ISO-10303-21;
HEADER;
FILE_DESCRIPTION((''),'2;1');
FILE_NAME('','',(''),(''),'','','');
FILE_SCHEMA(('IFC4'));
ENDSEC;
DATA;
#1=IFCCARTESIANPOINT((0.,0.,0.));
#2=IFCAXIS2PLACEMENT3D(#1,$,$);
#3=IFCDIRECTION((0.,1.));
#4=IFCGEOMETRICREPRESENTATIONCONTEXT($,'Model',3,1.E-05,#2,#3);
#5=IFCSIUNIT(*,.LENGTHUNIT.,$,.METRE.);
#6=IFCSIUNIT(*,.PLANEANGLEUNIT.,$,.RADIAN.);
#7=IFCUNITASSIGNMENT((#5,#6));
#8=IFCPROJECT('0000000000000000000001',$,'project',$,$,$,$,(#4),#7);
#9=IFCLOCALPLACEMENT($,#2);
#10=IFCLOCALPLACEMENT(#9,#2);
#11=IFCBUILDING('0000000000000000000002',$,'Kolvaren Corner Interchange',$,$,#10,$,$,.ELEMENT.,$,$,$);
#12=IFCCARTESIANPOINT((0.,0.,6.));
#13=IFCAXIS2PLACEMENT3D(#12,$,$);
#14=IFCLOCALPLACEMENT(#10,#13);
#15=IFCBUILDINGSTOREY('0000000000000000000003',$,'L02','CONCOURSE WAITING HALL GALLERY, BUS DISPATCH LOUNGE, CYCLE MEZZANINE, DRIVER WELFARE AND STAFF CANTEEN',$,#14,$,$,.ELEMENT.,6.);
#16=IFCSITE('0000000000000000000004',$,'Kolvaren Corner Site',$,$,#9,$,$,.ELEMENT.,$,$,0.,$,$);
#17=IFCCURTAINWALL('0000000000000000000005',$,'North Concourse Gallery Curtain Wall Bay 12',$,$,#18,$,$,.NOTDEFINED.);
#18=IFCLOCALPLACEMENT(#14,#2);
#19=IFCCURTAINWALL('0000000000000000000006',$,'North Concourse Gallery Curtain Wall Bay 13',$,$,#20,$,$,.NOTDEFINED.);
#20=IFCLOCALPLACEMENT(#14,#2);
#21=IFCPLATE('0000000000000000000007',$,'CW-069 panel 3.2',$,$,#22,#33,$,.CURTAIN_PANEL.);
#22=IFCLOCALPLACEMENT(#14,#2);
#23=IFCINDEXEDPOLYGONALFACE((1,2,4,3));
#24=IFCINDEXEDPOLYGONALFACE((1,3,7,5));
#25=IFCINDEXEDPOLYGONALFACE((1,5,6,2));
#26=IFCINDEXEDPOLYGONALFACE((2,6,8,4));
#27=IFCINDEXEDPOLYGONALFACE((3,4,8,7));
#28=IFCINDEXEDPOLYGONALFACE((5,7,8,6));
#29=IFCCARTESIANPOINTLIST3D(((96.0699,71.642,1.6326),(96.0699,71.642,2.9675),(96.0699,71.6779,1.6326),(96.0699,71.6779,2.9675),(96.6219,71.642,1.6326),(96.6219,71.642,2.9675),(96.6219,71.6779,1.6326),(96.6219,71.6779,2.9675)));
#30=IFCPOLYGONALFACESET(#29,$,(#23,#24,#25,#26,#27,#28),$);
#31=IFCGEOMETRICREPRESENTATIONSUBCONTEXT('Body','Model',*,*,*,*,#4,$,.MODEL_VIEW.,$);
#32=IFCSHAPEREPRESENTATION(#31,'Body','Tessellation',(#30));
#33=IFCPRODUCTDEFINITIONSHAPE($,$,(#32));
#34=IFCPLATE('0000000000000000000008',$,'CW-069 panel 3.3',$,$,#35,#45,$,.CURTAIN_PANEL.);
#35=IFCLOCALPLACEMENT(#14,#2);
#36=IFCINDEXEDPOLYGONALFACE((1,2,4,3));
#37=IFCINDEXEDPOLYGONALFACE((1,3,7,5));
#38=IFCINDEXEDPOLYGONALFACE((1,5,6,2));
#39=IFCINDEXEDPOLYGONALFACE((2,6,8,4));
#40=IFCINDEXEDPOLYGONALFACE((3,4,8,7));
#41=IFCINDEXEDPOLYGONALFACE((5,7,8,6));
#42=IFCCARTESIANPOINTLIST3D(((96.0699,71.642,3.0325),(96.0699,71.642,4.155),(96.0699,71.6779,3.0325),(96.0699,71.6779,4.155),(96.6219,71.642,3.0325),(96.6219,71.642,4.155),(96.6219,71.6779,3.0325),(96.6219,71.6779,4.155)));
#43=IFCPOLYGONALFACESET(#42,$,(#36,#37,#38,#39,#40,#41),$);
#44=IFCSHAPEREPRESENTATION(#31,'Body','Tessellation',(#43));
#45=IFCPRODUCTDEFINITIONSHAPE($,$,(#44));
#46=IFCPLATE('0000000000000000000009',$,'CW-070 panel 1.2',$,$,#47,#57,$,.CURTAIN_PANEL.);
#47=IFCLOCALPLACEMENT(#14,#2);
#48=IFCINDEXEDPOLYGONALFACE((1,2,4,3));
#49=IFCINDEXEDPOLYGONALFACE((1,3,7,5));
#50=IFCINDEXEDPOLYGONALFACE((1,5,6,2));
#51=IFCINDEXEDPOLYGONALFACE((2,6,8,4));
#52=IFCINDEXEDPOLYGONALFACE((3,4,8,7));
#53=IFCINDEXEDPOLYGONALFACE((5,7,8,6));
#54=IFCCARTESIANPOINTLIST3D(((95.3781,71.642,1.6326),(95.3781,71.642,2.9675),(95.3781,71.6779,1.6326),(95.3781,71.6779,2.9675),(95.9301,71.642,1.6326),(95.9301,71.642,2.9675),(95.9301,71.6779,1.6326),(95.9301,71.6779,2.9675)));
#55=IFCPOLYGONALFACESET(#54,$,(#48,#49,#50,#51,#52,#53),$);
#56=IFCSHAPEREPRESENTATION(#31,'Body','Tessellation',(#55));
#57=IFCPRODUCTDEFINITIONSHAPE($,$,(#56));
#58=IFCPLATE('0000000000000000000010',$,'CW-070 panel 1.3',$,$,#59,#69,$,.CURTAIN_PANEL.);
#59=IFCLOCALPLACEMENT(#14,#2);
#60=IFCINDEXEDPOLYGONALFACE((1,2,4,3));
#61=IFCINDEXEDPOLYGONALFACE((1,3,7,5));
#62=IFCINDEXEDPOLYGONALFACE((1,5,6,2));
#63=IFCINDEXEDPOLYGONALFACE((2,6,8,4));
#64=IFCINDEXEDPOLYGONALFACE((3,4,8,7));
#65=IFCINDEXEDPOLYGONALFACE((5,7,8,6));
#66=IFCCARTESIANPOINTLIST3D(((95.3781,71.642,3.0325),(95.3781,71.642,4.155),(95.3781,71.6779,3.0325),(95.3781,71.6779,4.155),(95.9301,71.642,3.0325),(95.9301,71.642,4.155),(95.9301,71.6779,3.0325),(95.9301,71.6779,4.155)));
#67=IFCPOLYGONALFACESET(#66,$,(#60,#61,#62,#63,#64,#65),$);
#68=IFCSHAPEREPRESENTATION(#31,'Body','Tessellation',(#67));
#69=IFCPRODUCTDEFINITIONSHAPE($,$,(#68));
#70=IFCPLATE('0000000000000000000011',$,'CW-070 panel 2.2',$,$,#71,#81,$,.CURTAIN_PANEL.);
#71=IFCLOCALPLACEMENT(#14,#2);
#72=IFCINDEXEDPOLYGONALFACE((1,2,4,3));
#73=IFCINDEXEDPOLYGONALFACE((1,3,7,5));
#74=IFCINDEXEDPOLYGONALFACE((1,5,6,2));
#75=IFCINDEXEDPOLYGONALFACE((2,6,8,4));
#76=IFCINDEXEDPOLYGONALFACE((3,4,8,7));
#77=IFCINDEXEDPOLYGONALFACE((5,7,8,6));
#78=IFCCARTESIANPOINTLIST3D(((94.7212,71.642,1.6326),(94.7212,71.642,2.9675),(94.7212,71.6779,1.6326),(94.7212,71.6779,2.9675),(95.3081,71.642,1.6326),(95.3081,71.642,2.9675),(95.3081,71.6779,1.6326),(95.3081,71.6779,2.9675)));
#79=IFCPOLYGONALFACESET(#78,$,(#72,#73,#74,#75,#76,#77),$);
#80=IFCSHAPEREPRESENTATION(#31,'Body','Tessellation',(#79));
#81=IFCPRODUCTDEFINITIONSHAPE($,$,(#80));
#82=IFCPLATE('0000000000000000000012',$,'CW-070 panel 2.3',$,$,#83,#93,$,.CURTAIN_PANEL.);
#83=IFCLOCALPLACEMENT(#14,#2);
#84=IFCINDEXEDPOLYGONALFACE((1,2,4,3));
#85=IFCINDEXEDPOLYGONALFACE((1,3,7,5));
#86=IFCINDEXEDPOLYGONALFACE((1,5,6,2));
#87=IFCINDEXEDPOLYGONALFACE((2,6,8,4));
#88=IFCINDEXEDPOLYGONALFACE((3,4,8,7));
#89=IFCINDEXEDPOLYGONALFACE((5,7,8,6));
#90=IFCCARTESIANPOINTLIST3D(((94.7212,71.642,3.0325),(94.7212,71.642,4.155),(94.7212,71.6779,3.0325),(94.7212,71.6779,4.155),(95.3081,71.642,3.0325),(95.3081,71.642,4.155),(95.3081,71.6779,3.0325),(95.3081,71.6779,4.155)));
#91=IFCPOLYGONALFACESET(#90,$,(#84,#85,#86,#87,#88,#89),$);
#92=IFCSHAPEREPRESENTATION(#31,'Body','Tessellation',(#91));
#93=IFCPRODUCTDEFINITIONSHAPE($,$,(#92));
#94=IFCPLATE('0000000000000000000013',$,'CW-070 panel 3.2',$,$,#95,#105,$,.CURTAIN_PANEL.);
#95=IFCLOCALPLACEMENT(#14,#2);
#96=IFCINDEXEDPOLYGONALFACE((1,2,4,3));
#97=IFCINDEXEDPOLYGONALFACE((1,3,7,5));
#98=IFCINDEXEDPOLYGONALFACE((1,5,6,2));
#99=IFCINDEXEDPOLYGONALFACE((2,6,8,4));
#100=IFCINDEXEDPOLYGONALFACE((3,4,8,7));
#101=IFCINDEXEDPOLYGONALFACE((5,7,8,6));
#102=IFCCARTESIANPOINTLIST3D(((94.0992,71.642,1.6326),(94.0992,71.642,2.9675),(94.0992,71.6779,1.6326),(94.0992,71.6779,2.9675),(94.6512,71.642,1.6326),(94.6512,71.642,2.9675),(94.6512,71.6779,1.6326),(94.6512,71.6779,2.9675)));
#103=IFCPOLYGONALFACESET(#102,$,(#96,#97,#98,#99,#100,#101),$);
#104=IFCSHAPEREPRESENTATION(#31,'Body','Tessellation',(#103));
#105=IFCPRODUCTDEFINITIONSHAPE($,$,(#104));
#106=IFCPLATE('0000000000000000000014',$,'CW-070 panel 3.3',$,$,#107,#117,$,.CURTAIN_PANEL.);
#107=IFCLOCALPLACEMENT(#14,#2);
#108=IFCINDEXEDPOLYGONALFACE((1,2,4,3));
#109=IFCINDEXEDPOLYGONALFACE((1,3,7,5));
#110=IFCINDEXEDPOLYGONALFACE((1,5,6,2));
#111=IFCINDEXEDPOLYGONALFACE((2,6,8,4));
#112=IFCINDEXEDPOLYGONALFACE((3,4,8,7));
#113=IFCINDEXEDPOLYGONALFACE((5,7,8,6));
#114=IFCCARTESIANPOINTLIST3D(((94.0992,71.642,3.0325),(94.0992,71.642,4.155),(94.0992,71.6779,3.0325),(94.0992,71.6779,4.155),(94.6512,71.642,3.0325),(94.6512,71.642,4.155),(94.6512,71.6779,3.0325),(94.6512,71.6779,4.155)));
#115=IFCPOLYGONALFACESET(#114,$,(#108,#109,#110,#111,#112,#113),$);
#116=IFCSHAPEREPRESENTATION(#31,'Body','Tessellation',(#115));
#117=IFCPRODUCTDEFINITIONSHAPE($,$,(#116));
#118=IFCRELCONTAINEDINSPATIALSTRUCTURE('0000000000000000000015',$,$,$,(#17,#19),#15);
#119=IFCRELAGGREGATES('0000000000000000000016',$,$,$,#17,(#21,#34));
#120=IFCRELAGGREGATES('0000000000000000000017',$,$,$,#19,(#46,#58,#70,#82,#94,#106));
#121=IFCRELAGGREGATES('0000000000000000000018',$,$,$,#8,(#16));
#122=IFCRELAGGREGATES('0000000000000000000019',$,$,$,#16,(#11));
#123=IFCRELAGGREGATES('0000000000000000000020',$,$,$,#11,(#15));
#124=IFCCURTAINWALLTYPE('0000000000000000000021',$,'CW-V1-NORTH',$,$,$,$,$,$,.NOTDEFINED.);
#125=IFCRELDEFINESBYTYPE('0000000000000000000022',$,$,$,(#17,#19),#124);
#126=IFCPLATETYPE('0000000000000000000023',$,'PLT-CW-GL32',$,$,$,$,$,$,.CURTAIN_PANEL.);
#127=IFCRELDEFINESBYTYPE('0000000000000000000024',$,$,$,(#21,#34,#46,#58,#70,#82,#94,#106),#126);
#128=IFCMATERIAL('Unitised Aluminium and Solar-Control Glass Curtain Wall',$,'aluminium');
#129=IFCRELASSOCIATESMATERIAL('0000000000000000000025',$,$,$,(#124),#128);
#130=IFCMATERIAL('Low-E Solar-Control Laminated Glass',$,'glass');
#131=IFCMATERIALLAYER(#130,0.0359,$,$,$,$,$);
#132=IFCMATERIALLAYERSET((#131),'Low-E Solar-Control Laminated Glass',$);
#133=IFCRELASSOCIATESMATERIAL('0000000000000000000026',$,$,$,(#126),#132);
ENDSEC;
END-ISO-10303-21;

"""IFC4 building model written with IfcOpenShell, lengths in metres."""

from ifc_helpers import new_model, si_unit, direction, frame, origin, origin_2d, place, context, subcontext, project, spatial, rectangle, extrude, material, layer, layer_set, type_object, element, aggregate, save


model = new_model("IFC4")

# Units and contexts
model_context = context("Model", 3, precision=1e-05, world=origin(), true_north=direction((0.0, 1.0)))
body_context = subcontext(model_context, "Body", "Model", "MODEL_VIEW")
ifc_project = project(units=[si_unit("LENGTHUNIT", "METRE"), si_unit("PLANEANGLEUNIT", "RADIAN")], contexts=[model_context])

# Site, building, storey
site_placement = place(None, origin())
site = spatial("IfcSite", under=ifc_project, at=site_placement, Name="Kolvaren Corner Site", CompositionType="ELEMENT", RefElevation=0.0)
building_placement = place(site_placement, origin())
building = spatial("IfcBuilding", under=site, at=building_placement, Name="Kolvaren Corner Interchange", CompositionType="ELEMENT")
storey_placement = place(building_placement, frame((0.0, 0.0, 6.0)))
storey = spatial("IfcBuildingStorey", under=building, at=storey_placement, Name="L02", Description="CONCOURSE WAITING HALL GALLERY, BUS DISPATCH LOUNGE, CYCLE MEZZANINE, DRIVER WELFARE AND STAFF CANTEEN", CompositionType="ELEMENT", Elevation=6.0)

# Curtain walls
ifc_material_1 = material(Name="Unitised Aluminium and Solar-Control Glass Curtain Wall", Category="aluminium")
curtain_wall_type = type_object("IfcCurtainWallType", Name="CW-V1-NORTH", PredefinedType="NOTDEFINED", material=ifc_material_1)
curtain_wall_1_placement = place(storey_placement, origin())
curtain_wall_1 = element("IfcCurtainWall", 1, at=curtain_wall_1_placement, inside=storey, type_object=curtain_wall_type, Name="North Concourse Gallery Curtain Wall Bay 12", PredefinedType="NOTDEFINED")
curtain_wall_2_placement = place(storey_placement, origin())
curtain_wall_2 = element("IfcCurtainWall", 2, at=curtain_wall_2_placement, inside=storey, type_object=curtain_wall_type, Name="North Concourse Gallery Curtain Wall Bay 13", PredefinedType="NOTDEFINED")

# Plates
ifc_material_2 = material(Name="Low-E Solar-Control Laminated Glass", Category="glass")
ifc_layer = layer(ifc_material_2, 0.0359)
ifc_layer_set = layer_set([ifc_layer], Name="Low-E Solar-Control Laminated Glass")
plate_type = type_object("IfcPlateType", Name="PLT-CW-GL32", PredefinedType="CURTAIN_PANEL", material=ifc_layer_set)
plate_1_placement = place(storey_placement, frame((96.3459, 71.6599, 1.6326), z_axis=(0.0, 0.0, 1.0), x_axis=(-1.0, 0.0, 0.0)))
plate_1 = element("IfcPlate", 3, at=plate_1_placement, type_object=plate_type, Name="CW-069 panel 3.2", PredefinedType="CURTAIN_PANEL", context=body_context, shape_type="SweptSolid", body=[
    extrude(rectangle(XDim=0.552, YDim=0.0359, at=origin_2d()), origin(), (0.0, 0.0, 1.0), 1.335),
])
plate_2_placement = place(storey_placement, frame((96.3459, 71.6599, 3.0325), z_axis=(0.0, 0.0, 1.0), x_axis=(-1.0, 0.0, 0.0)))
plate_2 = element("IfcPlate", 4, at=plate_2_placement, type_object=plate_type, Name="CW-069 panel 3.3", PredefinedType="CURTAIN_PANEL", context=body_context, shape_type="SweptSolid", body=[
    extrude(rectangle(XDim=0.552, YDim=0.0359, at=origin_2d()), origin(), (0.0, 0.0, 1.0), 1.1226),
])
aggregate(curtain_wall_1, [plate_1, plate_2])
plate_3_placement = place(storey_placement, frame((95.6541, 71.6599, 1.6326), z_axis=(0.0, 0.0, 1.0), x_axis=(-1.0, 0.0, 0.0)))
plate_3 = element("IfcPlate", 5, at=plate_3_placement, type_object=plate_type, Name="CW-070 panel 1.2", PredefinedType="CURTAIN_PANEL", context=body_context, shape_type="SweptSolid", body=[
    extrude(rectangle(XDim=0.552, YDim=0.0359, at=origin_2d()), origin(), (0.0, 0.0, 1.0), 1.335),
])
plate_4_placement = place(storey_placement, frame((95.6541, 71.6599, 3.0325), z_axis=(0.0, 0.0, 1.0), x_axis=(-1.0, 0.0, 0.0)))
plate_4 = element("IfcPlate", 6, at=plate_4_placement, type_object=plate_type, Name="CW-070 panel 1.3", PredefinedType="CURTAIN_PANEL", context=body_context, shape_type="SweptSolid", body=[
    extrude(rectangle(XDim=0.552, YDim=0.0359, at=origin_2d()), origin(), (0.0, 0.0, 1.0), 1.1226),
])
plate_5_placement = place(storey_placement, frame((95.0146, 71.6599, 1.6326), z_axis=(0.0, 0.0, 1.0), x_axis=(-1.0, 0.0, 0.0)))
plate_5 = element("IfcPlate", 7, at=plate_5_placement, type_object=plate_type, Name="CW-070 panel 2.2", PredefinedType="CURTAIN_PANEL", context=body_context, shape_type="SweptSolid", body=[
    extrude(rectangle(XDim=0.5869, YDim=0.0359, at=origin_2d()), origin(), (0.0, 0.0, 1.0), 1.335),
])
plate_6_placement = place(storey_placement, frame((95.0146, 71.6599, 3.0325), z_axis=(0.0, 0.0, 1.0), x_axis=(-1.0, 0.0, 0.0)))
plate_6 = element("IfcPlate", 8, at=plate_6_placement, type_object=plate_type, Name="CW-070 panel 2.3", PredefinedType="CURTAIN_PANEL", context=body_context, shape_type="SweptSolid", body=[
    extrude(rectangle(XDim=0.5869, YDim=0.0359, at=origin_2d()), origin(), (0.0, 0.0, 1.0), 1.1226),
])
plate_7_placement = place(storey_placement, frame((94.3752, 71.6599, 1.6326), z_axis=(0.0, 0.0, 1.0), x_axis=(-1.0, 0.0, 0.0)))
plate_7 = element("IfcPlate", 9, at=plate_7_placement, type_object=plate_type, Name="CW-070 panel 3.2", PredefinedType="CURTAIN_PANEL", context=body_context, shape_type="SweptSolid", body=[
    extrude(rectangle(XDim=0.552, YDim=0.0359, at=origin_2d()), origin(), (0.0, 0.0, 1.0), 1.335),
])
plate_8_placement = place(storey_placement, frame((94.3752, 71.6599, 3.0325), z_axis=(0.0, 0.0, 1.0), x_axis=(-1.0, 0.0, 0.0)))
plate_8 = element("IfcPlate", 10, at=plate_8_placement, type_object=plate_type, Name="CW-070 panel 3.3", PredefinedType="CURTAIN_PANEL", context=body_context, shape_type="SweptSolid", body=[
    extrude(rectangle(XDim=0.552, YDim=0.0359, at=origin_2d()), origin(), (0.0, 0.0, 1.0), 1.1226),
])
aggregate(curtain_wall_2, [plate_3, plate_4, plate_5, plate_6, plate_7, plate_8])

save(model, "model.ifc")
